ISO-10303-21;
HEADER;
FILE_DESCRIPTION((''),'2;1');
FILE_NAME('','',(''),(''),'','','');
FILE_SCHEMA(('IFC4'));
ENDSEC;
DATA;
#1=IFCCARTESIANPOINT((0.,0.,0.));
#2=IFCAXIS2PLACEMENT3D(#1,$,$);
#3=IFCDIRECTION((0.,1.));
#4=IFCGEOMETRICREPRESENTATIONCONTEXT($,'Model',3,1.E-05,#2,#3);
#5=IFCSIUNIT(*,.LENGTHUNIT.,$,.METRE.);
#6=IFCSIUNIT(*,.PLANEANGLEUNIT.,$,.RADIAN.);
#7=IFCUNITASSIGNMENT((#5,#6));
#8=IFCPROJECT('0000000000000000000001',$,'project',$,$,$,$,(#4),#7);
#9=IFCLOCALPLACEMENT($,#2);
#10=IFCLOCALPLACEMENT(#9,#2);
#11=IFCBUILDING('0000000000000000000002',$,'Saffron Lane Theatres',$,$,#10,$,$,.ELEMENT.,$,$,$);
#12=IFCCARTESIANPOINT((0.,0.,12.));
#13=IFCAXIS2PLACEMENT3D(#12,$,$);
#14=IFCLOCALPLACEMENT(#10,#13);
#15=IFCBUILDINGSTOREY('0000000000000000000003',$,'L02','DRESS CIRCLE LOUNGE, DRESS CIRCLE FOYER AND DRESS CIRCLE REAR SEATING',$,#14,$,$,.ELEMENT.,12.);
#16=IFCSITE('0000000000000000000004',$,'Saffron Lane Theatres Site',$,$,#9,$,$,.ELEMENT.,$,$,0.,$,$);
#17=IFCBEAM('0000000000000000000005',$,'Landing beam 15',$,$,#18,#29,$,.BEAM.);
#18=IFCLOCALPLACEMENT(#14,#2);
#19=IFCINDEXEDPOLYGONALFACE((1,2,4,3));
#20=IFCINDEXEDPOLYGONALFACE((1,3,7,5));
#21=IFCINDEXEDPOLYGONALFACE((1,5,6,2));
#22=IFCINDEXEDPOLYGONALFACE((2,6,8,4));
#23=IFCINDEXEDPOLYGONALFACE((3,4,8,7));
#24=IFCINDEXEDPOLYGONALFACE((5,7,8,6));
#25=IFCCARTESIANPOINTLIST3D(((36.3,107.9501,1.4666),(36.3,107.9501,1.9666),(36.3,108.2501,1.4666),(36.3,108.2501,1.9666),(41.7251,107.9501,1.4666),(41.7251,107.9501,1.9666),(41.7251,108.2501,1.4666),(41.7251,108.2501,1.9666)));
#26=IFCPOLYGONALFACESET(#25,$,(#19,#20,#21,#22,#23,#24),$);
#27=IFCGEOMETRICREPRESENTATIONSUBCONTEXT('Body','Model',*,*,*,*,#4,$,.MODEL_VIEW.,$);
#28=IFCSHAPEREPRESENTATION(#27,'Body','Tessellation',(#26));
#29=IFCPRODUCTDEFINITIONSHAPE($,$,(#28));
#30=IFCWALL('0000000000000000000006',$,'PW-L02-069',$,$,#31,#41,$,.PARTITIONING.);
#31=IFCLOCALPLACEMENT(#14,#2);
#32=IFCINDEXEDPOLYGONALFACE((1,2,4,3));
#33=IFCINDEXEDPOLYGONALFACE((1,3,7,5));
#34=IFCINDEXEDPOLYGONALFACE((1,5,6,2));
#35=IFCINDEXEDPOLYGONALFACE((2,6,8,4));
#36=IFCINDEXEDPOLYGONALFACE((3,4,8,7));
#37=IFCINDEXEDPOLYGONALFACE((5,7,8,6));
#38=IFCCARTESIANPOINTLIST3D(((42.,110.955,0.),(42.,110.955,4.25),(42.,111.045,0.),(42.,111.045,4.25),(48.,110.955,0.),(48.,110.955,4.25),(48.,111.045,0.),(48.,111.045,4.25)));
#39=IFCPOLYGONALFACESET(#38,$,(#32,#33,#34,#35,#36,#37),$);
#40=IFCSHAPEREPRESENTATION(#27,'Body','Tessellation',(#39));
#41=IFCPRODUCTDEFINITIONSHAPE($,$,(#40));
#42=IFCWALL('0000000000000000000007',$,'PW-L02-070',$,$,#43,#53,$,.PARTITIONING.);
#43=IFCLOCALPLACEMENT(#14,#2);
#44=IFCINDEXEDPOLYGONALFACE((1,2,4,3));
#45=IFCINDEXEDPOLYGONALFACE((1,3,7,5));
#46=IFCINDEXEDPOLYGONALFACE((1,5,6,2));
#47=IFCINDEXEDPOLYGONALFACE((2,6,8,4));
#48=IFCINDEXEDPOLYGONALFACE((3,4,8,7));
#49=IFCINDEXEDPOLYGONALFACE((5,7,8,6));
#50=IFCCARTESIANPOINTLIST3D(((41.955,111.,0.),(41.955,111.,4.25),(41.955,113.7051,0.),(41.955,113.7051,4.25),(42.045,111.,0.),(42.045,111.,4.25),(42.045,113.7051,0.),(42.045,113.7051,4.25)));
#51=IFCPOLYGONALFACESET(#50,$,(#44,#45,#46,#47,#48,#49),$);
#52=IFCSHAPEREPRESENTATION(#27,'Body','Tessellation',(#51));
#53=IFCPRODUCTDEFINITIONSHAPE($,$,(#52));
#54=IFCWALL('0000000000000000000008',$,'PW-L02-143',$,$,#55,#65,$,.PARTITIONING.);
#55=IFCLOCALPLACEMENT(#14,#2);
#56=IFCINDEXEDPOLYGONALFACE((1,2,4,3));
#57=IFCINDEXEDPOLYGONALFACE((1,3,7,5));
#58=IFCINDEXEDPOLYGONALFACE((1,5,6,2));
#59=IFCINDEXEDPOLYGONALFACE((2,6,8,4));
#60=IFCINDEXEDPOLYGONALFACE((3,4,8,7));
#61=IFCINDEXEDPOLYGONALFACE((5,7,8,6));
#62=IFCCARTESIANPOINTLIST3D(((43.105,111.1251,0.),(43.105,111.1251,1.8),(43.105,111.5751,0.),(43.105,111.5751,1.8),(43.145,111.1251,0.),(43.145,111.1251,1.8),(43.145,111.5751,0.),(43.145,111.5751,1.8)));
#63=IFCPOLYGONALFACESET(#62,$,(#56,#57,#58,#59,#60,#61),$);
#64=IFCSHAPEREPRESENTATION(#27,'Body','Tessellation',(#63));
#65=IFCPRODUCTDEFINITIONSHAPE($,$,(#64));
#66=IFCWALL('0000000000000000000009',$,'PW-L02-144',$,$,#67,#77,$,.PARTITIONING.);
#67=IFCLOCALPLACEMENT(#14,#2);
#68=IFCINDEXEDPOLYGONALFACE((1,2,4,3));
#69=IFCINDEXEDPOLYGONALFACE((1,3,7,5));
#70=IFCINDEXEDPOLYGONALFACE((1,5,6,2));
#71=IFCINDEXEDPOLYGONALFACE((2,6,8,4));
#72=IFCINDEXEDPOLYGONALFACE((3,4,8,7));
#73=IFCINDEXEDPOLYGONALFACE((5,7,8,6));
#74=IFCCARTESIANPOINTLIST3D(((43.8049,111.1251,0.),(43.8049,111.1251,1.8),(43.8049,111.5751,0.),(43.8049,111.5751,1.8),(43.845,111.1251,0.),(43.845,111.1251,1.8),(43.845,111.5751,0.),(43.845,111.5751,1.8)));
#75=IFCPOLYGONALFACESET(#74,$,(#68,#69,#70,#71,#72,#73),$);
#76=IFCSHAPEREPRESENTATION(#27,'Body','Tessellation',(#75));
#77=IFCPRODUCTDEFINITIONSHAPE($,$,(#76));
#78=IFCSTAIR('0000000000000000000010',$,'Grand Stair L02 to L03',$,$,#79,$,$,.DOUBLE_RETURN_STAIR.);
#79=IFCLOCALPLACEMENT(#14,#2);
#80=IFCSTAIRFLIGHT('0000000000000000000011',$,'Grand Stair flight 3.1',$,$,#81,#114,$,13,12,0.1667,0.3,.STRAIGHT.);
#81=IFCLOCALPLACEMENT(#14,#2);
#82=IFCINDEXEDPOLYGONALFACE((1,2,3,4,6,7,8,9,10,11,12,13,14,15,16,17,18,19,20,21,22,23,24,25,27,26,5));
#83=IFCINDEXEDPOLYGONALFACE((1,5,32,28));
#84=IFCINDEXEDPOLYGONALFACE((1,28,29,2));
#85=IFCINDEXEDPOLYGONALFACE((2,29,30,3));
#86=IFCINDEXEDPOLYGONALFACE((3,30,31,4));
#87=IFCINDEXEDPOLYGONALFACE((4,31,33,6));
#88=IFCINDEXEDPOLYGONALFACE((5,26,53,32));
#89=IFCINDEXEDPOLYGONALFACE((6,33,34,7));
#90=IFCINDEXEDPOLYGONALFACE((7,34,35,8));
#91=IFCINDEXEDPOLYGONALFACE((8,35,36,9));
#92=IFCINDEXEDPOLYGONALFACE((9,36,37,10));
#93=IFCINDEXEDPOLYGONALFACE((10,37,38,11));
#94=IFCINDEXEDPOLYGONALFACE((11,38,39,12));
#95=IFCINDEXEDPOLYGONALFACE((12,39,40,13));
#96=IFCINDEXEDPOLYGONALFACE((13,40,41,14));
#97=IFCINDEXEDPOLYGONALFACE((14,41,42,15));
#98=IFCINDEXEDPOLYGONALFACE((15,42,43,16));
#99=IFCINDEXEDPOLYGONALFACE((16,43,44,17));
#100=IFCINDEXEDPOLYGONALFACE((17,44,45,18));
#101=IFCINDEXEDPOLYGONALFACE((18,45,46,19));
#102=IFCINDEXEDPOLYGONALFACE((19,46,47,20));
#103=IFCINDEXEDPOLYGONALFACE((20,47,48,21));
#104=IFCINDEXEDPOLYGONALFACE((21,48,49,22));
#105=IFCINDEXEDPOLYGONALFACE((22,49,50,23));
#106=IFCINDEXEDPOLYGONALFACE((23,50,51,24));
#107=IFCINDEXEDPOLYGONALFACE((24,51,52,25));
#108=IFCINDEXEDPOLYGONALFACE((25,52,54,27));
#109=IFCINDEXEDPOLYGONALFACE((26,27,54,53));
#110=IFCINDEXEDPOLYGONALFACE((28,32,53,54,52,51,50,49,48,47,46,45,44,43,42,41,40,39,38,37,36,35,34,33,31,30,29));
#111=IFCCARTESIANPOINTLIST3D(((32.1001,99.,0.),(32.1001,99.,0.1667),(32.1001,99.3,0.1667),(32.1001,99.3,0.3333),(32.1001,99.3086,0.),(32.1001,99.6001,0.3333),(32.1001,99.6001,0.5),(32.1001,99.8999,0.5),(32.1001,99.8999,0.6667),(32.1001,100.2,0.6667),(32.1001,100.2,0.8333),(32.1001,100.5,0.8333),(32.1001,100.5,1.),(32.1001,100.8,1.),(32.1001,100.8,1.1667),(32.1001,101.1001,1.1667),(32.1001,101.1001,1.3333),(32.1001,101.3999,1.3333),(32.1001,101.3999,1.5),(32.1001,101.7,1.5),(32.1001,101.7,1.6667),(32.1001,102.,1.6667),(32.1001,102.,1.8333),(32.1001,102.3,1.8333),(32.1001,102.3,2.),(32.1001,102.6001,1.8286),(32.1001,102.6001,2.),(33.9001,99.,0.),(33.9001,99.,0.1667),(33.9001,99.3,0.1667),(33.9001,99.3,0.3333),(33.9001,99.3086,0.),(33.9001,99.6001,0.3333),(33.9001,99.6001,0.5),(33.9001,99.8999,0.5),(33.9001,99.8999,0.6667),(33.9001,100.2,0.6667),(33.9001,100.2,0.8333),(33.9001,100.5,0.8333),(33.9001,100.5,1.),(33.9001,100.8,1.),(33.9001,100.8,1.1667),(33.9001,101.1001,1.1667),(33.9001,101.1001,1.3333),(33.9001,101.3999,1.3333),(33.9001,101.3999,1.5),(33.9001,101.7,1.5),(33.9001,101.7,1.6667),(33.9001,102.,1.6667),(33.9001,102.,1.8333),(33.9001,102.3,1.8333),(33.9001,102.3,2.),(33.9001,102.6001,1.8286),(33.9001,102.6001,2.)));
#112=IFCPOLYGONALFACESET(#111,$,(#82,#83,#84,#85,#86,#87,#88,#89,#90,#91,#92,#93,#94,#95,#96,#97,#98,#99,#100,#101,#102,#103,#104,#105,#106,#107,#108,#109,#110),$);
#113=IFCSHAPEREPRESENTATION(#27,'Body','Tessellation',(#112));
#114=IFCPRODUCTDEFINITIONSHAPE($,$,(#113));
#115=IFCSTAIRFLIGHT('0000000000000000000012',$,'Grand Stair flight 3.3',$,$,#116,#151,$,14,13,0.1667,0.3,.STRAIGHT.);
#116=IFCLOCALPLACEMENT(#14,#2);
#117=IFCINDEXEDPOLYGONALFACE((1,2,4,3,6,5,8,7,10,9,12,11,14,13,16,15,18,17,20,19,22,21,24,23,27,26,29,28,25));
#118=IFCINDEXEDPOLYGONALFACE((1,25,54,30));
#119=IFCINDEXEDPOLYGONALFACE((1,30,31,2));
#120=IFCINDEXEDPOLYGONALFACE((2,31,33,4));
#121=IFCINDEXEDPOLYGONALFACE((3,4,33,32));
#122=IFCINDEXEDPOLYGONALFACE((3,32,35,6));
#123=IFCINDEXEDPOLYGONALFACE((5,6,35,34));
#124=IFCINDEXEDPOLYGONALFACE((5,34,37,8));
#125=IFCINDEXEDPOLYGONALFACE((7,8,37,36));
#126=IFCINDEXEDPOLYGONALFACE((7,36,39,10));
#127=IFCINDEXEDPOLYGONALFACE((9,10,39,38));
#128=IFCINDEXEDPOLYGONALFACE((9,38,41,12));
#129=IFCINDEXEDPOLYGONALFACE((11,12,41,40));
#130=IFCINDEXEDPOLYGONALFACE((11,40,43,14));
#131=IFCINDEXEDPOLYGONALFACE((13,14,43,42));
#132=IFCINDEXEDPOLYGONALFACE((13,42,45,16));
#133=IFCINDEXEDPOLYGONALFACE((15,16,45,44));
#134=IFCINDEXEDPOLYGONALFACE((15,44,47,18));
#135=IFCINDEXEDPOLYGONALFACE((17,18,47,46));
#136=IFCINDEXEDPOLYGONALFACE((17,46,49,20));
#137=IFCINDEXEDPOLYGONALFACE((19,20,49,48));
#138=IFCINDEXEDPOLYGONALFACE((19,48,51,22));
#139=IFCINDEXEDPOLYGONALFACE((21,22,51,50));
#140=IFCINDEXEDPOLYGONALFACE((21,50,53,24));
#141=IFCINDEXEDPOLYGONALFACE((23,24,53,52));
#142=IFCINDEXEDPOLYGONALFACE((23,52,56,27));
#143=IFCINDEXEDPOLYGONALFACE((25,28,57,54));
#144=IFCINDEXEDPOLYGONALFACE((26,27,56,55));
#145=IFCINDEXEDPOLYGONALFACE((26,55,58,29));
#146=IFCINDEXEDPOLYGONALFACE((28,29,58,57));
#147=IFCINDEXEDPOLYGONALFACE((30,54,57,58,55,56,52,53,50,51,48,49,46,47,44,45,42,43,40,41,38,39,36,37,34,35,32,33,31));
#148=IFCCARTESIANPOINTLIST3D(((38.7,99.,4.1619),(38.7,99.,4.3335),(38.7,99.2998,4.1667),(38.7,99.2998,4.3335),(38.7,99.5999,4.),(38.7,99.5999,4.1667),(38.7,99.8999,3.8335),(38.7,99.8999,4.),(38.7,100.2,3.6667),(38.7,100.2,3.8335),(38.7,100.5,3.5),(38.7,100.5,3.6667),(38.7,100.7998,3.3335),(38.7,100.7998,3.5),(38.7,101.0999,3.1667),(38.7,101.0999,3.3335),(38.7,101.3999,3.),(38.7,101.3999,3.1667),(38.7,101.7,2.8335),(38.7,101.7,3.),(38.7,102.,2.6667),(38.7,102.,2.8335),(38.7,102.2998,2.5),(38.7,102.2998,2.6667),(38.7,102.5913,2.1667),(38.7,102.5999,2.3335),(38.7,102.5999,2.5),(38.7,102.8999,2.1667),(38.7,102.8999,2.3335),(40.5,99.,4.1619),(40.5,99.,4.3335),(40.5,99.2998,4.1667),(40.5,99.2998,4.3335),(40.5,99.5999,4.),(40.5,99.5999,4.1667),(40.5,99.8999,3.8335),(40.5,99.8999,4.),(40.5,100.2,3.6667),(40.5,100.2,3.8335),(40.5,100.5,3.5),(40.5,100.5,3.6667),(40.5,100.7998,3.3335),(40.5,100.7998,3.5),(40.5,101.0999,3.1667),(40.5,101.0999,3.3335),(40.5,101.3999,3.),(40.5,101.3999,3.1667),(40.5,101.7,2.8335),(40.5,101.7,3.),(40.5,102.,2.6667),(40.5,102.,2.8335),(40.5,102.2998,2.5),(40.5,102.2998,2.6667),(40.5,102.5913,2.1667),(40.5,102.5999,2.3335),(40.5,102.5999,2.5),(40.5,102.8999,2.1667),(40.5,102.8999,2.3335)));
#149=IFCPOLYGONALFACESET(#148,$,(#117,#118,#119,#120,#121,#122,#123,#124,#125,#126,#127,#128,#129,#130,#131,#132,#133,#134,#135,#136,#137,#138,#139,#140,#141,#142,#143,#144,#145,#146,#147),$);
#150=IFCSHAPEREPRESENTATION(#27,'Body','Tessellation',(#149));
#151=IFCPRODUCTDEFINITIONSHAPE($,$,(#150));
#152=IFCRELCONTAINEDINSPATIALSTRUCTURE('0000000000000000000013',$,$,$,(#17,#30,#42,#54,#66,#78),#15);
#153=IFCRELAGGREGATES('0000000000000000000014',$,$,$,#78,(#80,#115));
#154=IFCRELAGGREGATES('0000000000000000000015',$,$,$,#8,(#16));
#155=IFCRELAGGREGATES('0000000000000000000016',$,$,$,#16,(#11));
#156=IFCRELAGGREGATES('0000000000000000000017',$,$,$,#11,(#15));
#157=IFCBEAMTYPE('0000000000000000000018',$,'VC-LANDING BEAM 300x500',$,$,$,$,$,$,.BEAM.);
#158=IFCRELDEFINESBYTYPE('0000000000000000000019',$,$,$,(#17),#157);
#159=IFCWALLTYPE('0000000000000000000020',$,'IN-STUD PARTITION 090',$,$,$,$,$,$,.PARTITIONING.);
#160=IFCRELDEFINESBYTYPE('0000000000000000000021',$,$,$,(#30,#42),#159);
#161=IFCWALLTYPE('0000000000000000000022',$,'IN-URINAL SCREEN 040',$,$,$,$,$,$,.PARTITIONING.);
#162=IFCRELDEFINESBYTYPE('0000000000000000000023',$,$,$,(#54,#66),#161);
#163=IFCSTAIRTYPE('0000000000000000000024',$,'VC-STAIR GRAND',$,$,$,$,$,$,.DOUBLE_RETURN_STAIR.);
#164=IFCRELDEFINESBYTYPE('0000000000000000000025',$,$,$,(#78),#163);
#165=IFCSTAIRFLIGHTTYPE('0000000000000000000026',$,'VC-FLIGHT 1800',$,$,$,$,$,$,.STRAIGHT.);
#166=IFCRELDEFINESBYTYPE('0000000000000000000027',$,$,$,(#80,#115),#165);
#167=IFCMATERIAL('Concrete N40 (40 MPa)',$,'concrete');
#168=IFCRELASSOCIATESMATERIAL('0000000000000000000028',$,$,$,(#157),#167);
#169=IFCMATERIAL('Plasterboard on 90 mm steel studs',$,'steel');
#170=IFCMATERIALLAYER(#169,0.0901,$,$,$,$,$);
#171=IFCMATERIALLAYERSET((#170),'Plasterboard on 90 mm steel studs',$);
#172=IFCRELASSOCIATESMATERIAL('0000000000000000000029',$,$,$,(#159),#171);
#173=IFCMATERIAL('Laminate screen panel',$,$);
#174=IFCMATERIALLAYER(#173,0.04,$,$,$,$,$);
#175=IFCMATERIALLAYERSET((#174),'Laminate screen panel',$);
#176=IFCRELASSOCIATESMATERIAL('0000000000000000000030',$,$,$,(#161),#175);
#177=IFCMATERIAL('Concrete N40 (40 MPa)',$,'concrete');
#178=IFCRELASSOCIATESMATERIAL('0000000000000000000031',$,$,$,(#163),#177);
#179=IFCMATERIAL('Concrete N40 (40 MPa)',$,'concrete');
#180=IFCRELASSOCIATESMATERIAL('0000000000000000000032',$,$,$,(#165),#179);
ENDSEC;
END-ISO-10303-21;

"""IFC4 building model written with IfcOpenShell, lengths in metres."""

from ifc_helpers import new_model, si_unit, direction, frame, frame_2d, origin, origin_2d, place, context, subcontext, project, spatial, polyline, rectangle, outline, extrude, material, layer, layer_set, material_profile, profile_set, type_object, element, aggregate, save


model = new_model("IFC4")

# Units and contexts
model_context = context("Model", 3, precision=1e-05, world=origin(), true_north=direction((0.0, 1.0)))
body_context = subcontext(model_context, "Body", "Model", "MODEL_VIEW")
ifc_project = project(units=[si_unit("LENGTHUNIT", "METRE"), si_unit("PLANEANGLEUNIT", "RADIAN")], contexts=[model_context])

# Site, building, storey
site_placement = place(None, origin())
site = spatial("IfcSite", under=ifc_project, at=site_placement, Name="Saffron Lane Theatres Site", CompositionType="ELEMENT", RefElevation=0.0)
building_placement = place(site_placement, origin())
building = spatial("IfcBuilding", under=site, at=building_placement, Name="Saffron Lane Theatres", CompositionType="ELEMENT")
storey_placement = place(building_placement, frame((0.0, 0.0, 12.0)))
storey = spatial("IfcBuildingStorey", under=building, at=storey_placement, Name="L02", Description="DRESS CIRCLE LOUNGE, DRESS CIRCLE FOYER AND DRESS CIRCLE REAR SEATING", CompositionType="ELEMENT", Elevation=12.0)

# Beam
ifc_material_1 = material(Name="Concrete N40 (40 MPa)", Category="concrete")
ifc_material_profile_1 = material_profile(ifc_material_1, rectangle(XDim=0.3, YDim=0.5, at=origin_2d()))
ifc_profile_set_1 = profile_set([ifc_material_profile_1], Name="Concrete N40 (40 MPa)")
beam_type_1 = type_object("IfcBeamType", Name="VC-LANDING BEAM 300x500", PredefinedType="BEAM", material=ifc_profile_set_1)
for number, where, z_axis, x_axis, name in (
    (1, (36.3, 108.1001, 1.7166), (1.0, 0.0, 0.0), (0.0, 1.0, 0.0), "Landing beam 15"),
):
    element("IfcBeam", number, at=place(storey_placement, frame(where, z_axis=z_axis, x_axis=x_axis)), inside=storey, type_object=beam_type_1, Name=name, PredefinedType="BEAM", context=body_context, shape_type="SweptSolid", body=[
        extrude(rectangle(XDim=0.3, YDim=0.5, at=origin_2d()), origin(), (0.0, 0.0, 1.0), 5.425),
    ])

# Walls
ifc_material_2 = material(Name="Plasterboard on 90 mm steel studs", Category="steel")
ifc_layer_1 = layer(ifc_material_2, 0.0901)
ifc_layer_set_1 = layer_set([ifc_layer_1], Name="Plasterboard on 90 mm steel studs")
wall_type_1 = type_object("IfcWallType", Name="IN-STUD PARTITION 090", PredefinedType="PARTITIONING", material=ifc_layer_set_1)
wall_1_placement = place(storey_placement, frame((42.0, 111.0, 0.0), z_axis=(0.0, 0.0, 1.0), x_axis=(1.0, 0.0, 0.0)))
element("IfcWall", 2, at=wall_1_placement, inside=storey, type_object=wall_type_1, Name="PW-L02-069", PredefinedType="PARTITIONING", context=body_context, shape_type="SweptSolid", body=[
    extrude(rectangle(XDim=6.0, YDim=0.0901, at=frame_2d((3.0, 0.0))), origin(), (0.0, 0.0, 1.0), 4.25),
])
wall_2_placement = place(storey_placement, frame((42.0, 111.0, 0.0), z_axis=(0.0, 0.0, 1.0), x_axis=(0.0, 1.0, 0.0)))
element("IfcWall", 3, at=wall_2_placement, inside=storey, type_object=wall_type_1, Name="PW-L02-070", PredefinedType="PARTITIONING", context=body_context, shape_type="SweptSolid", body=[
    extrude(rectangle(XDim=2.7051, YDim=0.0901, at=frame_2d((1.3525, 0.0))), origin(), (0.0, 0.0, 1.0), 4.25),
])
ifc_material_3 = material(Name="Laminate screen panel")
ifc_layer_2 = layer(ifc_material_3, 0.04)
ifc_layer_set_2 = layer_set([ifc_layer_2], Name="Laminate screen panel")
wall_type_2 = type_object("IfcWallType", Name="IN-URINAL SCREEN 040", PredefinedType="PARTITIONING", material=ifc_layer_set_2)
for number, where, z_axis, x_axis, name in (
    (4, (43.125, 111.125, 0.0), (0.0, 0.0, 1.0), (0.0, 1.0, 0.0), "PW-L02-143"),
    (5, (43.825, 111.125, 0.0), (0.0, 0.0, 1.0), (0.0, 1.0, 0.0), "PW-L02-144"),
):
    element("IfcWall", number, at=place(storey_placement, frame(where, z_axis=z_axis, x_axis=x_axis)), inside=storey, type_object=wall_type_2, Name=name, PredefinedType="PARTITIONING", context=body_context, shape_type="SweptSolid", body=[
        extrude(rectangle(XDim=0.45, YDim=0.04, at=frame_2d((0.2251, 0.0))), origin(), (0.0, 0.0, 1.0), 1.8),
    ])

# Stair, stair flights
ifc_material_4 = material(Name="Concrete N40 (40 MPa)", Category="concrete")
stair_type = type_object("IfcStairType", Name="VC-STAIR GRAND", PredefinedType="DOUBLE_RETURN_STAIR", material=ifc_material_4)
stair_placement = place(storey_placement, origin())
stair = element("IfcStair", 6, at=stair_placement, inside=storey, type_object=stair_type, Name="Grand Stair L02 to L03", PredefinedType="DOUBLE_RETURN_STAIR")
ifc_material_5 = material(Name="Concrete N40 (40 MPa)", Category="concrete")
stair_flight_type = type_object("IfcStairFlightType", Name="VC-FLIGHT 1800", PredefinedType="STRAIGHT", material=ifc_material_5)
stair_flight_1_placement = place(storey_placement, frame((33.0, 99.0, 0.0), z_axis=(0.0, 0.0, 1.0), x_axis=(0.0, 1.0, 0.0)))
stair_flight_1 = element("IfcStairFlight", 7, at=stair_flight_1_placement, type_object=stair_flight_type, Name="Grand Stair flight 3.1", NumberOfRisers=13, NumberOfTreads=12, PredefinedType="STRAIGHT", RiserHeight=0.1667, TreadLength=0.3, context=body_context, shape_type="SweptSolid", body=[
    extrude(outline(polyline([(0.0, 0.0), (0.0, 0.1667), (0.3, 0.1667), (0.3, 0.3333), (0.6001, 0.3333), (0.6001, 0.5), (0.8999, 0.5), (0.8999, 0.6667), (1.2, 0.6667), (1.2, 0.8333), (1.5, 0.8333), (1.5, 1.0), (1.8, 1.0), (1.8, 1.1667), (2.1001, 1.1667), (2.1001, 1.3333), (2.3999, 1.3333), (2.3999, 1.5), (2.7, 1.5), (2.7, 1.6667), (3.0, 1.6667), (3.0, 1.8333), (3.3, 1.8333), (3.3, 2.0), (3.6001, 2.0), (3.6001, 2.1667), (3.6001, 1.8286), (0.3086, 0.0), (0.0, 0.0)])), frame((0.0, 0.8999, 0.0), z_axis=(0.0, -1.0, 0.0), x_axis=(1.0, 0.0, 0.0)), (0.0, 0.0, 1.0), 1.8),
])
stair_flight_2_placement = place(storey_placement, frame((39.6001, 102.8999, 2.1667), z_axis=(0.0, 0.0, 1.0), x_axis=(0.0, -1.0, 0.0)))
stair_flight_2 = element("IfcStairFlight", 8, at=stair_flight_2_placement, type_object=stair_flight_type, Name="Grand Stair flight 3.3", NumberOfRisers=14, NumberOfTreads=13, PredefinedType="STRAIGHT", RiserHeight=0.1667, TreadLength=0.3, context=body_context, shape_type="SweptSolid", body=[
    extrude(outline(polyline([(0.0, 0.0), (0.0, 0.1667), (0.3, 0.1667), (0.3, 0.3333), (0.6001, 0.3333), (0.6001, 0.5), (0.8999, 0.5), (0.8999, 0.6667), (1.2, 0.6667), (1.2, 0.8333), (1.5, 0.8333), (1.5, 1.0), (1.8, 1.0), (1.8, 1.1667), (2.1001, 1.1667), (2.1001, 1.3333), (2.3999, 1.3333), (2.3999, 1.5), (2.7, 1.5), (2.7, 1.6667), (3.0, 1.6667), (3.0, 1.8333), (3.3, 1.8333), (3.3, 2.0), (3.6001, 2.0), (3.6001, 2.1667), (3.8999, 2.1667), (3.8999, 2.3333), (3.8999, 1.9951), (0.3086, 0.0), (0.0, 0.0)])), frame((0.0, 0.8999, 0.0), z_axis=(0.0, -1.0, 0.0), x_axis=(1.0, 0.0, 0.0)), (0.0, 0.0, 1.0), 1.8),
])
aggregate(stair, [stair_flight_1, stair_flight_2])

save(model, "model.ifc")
